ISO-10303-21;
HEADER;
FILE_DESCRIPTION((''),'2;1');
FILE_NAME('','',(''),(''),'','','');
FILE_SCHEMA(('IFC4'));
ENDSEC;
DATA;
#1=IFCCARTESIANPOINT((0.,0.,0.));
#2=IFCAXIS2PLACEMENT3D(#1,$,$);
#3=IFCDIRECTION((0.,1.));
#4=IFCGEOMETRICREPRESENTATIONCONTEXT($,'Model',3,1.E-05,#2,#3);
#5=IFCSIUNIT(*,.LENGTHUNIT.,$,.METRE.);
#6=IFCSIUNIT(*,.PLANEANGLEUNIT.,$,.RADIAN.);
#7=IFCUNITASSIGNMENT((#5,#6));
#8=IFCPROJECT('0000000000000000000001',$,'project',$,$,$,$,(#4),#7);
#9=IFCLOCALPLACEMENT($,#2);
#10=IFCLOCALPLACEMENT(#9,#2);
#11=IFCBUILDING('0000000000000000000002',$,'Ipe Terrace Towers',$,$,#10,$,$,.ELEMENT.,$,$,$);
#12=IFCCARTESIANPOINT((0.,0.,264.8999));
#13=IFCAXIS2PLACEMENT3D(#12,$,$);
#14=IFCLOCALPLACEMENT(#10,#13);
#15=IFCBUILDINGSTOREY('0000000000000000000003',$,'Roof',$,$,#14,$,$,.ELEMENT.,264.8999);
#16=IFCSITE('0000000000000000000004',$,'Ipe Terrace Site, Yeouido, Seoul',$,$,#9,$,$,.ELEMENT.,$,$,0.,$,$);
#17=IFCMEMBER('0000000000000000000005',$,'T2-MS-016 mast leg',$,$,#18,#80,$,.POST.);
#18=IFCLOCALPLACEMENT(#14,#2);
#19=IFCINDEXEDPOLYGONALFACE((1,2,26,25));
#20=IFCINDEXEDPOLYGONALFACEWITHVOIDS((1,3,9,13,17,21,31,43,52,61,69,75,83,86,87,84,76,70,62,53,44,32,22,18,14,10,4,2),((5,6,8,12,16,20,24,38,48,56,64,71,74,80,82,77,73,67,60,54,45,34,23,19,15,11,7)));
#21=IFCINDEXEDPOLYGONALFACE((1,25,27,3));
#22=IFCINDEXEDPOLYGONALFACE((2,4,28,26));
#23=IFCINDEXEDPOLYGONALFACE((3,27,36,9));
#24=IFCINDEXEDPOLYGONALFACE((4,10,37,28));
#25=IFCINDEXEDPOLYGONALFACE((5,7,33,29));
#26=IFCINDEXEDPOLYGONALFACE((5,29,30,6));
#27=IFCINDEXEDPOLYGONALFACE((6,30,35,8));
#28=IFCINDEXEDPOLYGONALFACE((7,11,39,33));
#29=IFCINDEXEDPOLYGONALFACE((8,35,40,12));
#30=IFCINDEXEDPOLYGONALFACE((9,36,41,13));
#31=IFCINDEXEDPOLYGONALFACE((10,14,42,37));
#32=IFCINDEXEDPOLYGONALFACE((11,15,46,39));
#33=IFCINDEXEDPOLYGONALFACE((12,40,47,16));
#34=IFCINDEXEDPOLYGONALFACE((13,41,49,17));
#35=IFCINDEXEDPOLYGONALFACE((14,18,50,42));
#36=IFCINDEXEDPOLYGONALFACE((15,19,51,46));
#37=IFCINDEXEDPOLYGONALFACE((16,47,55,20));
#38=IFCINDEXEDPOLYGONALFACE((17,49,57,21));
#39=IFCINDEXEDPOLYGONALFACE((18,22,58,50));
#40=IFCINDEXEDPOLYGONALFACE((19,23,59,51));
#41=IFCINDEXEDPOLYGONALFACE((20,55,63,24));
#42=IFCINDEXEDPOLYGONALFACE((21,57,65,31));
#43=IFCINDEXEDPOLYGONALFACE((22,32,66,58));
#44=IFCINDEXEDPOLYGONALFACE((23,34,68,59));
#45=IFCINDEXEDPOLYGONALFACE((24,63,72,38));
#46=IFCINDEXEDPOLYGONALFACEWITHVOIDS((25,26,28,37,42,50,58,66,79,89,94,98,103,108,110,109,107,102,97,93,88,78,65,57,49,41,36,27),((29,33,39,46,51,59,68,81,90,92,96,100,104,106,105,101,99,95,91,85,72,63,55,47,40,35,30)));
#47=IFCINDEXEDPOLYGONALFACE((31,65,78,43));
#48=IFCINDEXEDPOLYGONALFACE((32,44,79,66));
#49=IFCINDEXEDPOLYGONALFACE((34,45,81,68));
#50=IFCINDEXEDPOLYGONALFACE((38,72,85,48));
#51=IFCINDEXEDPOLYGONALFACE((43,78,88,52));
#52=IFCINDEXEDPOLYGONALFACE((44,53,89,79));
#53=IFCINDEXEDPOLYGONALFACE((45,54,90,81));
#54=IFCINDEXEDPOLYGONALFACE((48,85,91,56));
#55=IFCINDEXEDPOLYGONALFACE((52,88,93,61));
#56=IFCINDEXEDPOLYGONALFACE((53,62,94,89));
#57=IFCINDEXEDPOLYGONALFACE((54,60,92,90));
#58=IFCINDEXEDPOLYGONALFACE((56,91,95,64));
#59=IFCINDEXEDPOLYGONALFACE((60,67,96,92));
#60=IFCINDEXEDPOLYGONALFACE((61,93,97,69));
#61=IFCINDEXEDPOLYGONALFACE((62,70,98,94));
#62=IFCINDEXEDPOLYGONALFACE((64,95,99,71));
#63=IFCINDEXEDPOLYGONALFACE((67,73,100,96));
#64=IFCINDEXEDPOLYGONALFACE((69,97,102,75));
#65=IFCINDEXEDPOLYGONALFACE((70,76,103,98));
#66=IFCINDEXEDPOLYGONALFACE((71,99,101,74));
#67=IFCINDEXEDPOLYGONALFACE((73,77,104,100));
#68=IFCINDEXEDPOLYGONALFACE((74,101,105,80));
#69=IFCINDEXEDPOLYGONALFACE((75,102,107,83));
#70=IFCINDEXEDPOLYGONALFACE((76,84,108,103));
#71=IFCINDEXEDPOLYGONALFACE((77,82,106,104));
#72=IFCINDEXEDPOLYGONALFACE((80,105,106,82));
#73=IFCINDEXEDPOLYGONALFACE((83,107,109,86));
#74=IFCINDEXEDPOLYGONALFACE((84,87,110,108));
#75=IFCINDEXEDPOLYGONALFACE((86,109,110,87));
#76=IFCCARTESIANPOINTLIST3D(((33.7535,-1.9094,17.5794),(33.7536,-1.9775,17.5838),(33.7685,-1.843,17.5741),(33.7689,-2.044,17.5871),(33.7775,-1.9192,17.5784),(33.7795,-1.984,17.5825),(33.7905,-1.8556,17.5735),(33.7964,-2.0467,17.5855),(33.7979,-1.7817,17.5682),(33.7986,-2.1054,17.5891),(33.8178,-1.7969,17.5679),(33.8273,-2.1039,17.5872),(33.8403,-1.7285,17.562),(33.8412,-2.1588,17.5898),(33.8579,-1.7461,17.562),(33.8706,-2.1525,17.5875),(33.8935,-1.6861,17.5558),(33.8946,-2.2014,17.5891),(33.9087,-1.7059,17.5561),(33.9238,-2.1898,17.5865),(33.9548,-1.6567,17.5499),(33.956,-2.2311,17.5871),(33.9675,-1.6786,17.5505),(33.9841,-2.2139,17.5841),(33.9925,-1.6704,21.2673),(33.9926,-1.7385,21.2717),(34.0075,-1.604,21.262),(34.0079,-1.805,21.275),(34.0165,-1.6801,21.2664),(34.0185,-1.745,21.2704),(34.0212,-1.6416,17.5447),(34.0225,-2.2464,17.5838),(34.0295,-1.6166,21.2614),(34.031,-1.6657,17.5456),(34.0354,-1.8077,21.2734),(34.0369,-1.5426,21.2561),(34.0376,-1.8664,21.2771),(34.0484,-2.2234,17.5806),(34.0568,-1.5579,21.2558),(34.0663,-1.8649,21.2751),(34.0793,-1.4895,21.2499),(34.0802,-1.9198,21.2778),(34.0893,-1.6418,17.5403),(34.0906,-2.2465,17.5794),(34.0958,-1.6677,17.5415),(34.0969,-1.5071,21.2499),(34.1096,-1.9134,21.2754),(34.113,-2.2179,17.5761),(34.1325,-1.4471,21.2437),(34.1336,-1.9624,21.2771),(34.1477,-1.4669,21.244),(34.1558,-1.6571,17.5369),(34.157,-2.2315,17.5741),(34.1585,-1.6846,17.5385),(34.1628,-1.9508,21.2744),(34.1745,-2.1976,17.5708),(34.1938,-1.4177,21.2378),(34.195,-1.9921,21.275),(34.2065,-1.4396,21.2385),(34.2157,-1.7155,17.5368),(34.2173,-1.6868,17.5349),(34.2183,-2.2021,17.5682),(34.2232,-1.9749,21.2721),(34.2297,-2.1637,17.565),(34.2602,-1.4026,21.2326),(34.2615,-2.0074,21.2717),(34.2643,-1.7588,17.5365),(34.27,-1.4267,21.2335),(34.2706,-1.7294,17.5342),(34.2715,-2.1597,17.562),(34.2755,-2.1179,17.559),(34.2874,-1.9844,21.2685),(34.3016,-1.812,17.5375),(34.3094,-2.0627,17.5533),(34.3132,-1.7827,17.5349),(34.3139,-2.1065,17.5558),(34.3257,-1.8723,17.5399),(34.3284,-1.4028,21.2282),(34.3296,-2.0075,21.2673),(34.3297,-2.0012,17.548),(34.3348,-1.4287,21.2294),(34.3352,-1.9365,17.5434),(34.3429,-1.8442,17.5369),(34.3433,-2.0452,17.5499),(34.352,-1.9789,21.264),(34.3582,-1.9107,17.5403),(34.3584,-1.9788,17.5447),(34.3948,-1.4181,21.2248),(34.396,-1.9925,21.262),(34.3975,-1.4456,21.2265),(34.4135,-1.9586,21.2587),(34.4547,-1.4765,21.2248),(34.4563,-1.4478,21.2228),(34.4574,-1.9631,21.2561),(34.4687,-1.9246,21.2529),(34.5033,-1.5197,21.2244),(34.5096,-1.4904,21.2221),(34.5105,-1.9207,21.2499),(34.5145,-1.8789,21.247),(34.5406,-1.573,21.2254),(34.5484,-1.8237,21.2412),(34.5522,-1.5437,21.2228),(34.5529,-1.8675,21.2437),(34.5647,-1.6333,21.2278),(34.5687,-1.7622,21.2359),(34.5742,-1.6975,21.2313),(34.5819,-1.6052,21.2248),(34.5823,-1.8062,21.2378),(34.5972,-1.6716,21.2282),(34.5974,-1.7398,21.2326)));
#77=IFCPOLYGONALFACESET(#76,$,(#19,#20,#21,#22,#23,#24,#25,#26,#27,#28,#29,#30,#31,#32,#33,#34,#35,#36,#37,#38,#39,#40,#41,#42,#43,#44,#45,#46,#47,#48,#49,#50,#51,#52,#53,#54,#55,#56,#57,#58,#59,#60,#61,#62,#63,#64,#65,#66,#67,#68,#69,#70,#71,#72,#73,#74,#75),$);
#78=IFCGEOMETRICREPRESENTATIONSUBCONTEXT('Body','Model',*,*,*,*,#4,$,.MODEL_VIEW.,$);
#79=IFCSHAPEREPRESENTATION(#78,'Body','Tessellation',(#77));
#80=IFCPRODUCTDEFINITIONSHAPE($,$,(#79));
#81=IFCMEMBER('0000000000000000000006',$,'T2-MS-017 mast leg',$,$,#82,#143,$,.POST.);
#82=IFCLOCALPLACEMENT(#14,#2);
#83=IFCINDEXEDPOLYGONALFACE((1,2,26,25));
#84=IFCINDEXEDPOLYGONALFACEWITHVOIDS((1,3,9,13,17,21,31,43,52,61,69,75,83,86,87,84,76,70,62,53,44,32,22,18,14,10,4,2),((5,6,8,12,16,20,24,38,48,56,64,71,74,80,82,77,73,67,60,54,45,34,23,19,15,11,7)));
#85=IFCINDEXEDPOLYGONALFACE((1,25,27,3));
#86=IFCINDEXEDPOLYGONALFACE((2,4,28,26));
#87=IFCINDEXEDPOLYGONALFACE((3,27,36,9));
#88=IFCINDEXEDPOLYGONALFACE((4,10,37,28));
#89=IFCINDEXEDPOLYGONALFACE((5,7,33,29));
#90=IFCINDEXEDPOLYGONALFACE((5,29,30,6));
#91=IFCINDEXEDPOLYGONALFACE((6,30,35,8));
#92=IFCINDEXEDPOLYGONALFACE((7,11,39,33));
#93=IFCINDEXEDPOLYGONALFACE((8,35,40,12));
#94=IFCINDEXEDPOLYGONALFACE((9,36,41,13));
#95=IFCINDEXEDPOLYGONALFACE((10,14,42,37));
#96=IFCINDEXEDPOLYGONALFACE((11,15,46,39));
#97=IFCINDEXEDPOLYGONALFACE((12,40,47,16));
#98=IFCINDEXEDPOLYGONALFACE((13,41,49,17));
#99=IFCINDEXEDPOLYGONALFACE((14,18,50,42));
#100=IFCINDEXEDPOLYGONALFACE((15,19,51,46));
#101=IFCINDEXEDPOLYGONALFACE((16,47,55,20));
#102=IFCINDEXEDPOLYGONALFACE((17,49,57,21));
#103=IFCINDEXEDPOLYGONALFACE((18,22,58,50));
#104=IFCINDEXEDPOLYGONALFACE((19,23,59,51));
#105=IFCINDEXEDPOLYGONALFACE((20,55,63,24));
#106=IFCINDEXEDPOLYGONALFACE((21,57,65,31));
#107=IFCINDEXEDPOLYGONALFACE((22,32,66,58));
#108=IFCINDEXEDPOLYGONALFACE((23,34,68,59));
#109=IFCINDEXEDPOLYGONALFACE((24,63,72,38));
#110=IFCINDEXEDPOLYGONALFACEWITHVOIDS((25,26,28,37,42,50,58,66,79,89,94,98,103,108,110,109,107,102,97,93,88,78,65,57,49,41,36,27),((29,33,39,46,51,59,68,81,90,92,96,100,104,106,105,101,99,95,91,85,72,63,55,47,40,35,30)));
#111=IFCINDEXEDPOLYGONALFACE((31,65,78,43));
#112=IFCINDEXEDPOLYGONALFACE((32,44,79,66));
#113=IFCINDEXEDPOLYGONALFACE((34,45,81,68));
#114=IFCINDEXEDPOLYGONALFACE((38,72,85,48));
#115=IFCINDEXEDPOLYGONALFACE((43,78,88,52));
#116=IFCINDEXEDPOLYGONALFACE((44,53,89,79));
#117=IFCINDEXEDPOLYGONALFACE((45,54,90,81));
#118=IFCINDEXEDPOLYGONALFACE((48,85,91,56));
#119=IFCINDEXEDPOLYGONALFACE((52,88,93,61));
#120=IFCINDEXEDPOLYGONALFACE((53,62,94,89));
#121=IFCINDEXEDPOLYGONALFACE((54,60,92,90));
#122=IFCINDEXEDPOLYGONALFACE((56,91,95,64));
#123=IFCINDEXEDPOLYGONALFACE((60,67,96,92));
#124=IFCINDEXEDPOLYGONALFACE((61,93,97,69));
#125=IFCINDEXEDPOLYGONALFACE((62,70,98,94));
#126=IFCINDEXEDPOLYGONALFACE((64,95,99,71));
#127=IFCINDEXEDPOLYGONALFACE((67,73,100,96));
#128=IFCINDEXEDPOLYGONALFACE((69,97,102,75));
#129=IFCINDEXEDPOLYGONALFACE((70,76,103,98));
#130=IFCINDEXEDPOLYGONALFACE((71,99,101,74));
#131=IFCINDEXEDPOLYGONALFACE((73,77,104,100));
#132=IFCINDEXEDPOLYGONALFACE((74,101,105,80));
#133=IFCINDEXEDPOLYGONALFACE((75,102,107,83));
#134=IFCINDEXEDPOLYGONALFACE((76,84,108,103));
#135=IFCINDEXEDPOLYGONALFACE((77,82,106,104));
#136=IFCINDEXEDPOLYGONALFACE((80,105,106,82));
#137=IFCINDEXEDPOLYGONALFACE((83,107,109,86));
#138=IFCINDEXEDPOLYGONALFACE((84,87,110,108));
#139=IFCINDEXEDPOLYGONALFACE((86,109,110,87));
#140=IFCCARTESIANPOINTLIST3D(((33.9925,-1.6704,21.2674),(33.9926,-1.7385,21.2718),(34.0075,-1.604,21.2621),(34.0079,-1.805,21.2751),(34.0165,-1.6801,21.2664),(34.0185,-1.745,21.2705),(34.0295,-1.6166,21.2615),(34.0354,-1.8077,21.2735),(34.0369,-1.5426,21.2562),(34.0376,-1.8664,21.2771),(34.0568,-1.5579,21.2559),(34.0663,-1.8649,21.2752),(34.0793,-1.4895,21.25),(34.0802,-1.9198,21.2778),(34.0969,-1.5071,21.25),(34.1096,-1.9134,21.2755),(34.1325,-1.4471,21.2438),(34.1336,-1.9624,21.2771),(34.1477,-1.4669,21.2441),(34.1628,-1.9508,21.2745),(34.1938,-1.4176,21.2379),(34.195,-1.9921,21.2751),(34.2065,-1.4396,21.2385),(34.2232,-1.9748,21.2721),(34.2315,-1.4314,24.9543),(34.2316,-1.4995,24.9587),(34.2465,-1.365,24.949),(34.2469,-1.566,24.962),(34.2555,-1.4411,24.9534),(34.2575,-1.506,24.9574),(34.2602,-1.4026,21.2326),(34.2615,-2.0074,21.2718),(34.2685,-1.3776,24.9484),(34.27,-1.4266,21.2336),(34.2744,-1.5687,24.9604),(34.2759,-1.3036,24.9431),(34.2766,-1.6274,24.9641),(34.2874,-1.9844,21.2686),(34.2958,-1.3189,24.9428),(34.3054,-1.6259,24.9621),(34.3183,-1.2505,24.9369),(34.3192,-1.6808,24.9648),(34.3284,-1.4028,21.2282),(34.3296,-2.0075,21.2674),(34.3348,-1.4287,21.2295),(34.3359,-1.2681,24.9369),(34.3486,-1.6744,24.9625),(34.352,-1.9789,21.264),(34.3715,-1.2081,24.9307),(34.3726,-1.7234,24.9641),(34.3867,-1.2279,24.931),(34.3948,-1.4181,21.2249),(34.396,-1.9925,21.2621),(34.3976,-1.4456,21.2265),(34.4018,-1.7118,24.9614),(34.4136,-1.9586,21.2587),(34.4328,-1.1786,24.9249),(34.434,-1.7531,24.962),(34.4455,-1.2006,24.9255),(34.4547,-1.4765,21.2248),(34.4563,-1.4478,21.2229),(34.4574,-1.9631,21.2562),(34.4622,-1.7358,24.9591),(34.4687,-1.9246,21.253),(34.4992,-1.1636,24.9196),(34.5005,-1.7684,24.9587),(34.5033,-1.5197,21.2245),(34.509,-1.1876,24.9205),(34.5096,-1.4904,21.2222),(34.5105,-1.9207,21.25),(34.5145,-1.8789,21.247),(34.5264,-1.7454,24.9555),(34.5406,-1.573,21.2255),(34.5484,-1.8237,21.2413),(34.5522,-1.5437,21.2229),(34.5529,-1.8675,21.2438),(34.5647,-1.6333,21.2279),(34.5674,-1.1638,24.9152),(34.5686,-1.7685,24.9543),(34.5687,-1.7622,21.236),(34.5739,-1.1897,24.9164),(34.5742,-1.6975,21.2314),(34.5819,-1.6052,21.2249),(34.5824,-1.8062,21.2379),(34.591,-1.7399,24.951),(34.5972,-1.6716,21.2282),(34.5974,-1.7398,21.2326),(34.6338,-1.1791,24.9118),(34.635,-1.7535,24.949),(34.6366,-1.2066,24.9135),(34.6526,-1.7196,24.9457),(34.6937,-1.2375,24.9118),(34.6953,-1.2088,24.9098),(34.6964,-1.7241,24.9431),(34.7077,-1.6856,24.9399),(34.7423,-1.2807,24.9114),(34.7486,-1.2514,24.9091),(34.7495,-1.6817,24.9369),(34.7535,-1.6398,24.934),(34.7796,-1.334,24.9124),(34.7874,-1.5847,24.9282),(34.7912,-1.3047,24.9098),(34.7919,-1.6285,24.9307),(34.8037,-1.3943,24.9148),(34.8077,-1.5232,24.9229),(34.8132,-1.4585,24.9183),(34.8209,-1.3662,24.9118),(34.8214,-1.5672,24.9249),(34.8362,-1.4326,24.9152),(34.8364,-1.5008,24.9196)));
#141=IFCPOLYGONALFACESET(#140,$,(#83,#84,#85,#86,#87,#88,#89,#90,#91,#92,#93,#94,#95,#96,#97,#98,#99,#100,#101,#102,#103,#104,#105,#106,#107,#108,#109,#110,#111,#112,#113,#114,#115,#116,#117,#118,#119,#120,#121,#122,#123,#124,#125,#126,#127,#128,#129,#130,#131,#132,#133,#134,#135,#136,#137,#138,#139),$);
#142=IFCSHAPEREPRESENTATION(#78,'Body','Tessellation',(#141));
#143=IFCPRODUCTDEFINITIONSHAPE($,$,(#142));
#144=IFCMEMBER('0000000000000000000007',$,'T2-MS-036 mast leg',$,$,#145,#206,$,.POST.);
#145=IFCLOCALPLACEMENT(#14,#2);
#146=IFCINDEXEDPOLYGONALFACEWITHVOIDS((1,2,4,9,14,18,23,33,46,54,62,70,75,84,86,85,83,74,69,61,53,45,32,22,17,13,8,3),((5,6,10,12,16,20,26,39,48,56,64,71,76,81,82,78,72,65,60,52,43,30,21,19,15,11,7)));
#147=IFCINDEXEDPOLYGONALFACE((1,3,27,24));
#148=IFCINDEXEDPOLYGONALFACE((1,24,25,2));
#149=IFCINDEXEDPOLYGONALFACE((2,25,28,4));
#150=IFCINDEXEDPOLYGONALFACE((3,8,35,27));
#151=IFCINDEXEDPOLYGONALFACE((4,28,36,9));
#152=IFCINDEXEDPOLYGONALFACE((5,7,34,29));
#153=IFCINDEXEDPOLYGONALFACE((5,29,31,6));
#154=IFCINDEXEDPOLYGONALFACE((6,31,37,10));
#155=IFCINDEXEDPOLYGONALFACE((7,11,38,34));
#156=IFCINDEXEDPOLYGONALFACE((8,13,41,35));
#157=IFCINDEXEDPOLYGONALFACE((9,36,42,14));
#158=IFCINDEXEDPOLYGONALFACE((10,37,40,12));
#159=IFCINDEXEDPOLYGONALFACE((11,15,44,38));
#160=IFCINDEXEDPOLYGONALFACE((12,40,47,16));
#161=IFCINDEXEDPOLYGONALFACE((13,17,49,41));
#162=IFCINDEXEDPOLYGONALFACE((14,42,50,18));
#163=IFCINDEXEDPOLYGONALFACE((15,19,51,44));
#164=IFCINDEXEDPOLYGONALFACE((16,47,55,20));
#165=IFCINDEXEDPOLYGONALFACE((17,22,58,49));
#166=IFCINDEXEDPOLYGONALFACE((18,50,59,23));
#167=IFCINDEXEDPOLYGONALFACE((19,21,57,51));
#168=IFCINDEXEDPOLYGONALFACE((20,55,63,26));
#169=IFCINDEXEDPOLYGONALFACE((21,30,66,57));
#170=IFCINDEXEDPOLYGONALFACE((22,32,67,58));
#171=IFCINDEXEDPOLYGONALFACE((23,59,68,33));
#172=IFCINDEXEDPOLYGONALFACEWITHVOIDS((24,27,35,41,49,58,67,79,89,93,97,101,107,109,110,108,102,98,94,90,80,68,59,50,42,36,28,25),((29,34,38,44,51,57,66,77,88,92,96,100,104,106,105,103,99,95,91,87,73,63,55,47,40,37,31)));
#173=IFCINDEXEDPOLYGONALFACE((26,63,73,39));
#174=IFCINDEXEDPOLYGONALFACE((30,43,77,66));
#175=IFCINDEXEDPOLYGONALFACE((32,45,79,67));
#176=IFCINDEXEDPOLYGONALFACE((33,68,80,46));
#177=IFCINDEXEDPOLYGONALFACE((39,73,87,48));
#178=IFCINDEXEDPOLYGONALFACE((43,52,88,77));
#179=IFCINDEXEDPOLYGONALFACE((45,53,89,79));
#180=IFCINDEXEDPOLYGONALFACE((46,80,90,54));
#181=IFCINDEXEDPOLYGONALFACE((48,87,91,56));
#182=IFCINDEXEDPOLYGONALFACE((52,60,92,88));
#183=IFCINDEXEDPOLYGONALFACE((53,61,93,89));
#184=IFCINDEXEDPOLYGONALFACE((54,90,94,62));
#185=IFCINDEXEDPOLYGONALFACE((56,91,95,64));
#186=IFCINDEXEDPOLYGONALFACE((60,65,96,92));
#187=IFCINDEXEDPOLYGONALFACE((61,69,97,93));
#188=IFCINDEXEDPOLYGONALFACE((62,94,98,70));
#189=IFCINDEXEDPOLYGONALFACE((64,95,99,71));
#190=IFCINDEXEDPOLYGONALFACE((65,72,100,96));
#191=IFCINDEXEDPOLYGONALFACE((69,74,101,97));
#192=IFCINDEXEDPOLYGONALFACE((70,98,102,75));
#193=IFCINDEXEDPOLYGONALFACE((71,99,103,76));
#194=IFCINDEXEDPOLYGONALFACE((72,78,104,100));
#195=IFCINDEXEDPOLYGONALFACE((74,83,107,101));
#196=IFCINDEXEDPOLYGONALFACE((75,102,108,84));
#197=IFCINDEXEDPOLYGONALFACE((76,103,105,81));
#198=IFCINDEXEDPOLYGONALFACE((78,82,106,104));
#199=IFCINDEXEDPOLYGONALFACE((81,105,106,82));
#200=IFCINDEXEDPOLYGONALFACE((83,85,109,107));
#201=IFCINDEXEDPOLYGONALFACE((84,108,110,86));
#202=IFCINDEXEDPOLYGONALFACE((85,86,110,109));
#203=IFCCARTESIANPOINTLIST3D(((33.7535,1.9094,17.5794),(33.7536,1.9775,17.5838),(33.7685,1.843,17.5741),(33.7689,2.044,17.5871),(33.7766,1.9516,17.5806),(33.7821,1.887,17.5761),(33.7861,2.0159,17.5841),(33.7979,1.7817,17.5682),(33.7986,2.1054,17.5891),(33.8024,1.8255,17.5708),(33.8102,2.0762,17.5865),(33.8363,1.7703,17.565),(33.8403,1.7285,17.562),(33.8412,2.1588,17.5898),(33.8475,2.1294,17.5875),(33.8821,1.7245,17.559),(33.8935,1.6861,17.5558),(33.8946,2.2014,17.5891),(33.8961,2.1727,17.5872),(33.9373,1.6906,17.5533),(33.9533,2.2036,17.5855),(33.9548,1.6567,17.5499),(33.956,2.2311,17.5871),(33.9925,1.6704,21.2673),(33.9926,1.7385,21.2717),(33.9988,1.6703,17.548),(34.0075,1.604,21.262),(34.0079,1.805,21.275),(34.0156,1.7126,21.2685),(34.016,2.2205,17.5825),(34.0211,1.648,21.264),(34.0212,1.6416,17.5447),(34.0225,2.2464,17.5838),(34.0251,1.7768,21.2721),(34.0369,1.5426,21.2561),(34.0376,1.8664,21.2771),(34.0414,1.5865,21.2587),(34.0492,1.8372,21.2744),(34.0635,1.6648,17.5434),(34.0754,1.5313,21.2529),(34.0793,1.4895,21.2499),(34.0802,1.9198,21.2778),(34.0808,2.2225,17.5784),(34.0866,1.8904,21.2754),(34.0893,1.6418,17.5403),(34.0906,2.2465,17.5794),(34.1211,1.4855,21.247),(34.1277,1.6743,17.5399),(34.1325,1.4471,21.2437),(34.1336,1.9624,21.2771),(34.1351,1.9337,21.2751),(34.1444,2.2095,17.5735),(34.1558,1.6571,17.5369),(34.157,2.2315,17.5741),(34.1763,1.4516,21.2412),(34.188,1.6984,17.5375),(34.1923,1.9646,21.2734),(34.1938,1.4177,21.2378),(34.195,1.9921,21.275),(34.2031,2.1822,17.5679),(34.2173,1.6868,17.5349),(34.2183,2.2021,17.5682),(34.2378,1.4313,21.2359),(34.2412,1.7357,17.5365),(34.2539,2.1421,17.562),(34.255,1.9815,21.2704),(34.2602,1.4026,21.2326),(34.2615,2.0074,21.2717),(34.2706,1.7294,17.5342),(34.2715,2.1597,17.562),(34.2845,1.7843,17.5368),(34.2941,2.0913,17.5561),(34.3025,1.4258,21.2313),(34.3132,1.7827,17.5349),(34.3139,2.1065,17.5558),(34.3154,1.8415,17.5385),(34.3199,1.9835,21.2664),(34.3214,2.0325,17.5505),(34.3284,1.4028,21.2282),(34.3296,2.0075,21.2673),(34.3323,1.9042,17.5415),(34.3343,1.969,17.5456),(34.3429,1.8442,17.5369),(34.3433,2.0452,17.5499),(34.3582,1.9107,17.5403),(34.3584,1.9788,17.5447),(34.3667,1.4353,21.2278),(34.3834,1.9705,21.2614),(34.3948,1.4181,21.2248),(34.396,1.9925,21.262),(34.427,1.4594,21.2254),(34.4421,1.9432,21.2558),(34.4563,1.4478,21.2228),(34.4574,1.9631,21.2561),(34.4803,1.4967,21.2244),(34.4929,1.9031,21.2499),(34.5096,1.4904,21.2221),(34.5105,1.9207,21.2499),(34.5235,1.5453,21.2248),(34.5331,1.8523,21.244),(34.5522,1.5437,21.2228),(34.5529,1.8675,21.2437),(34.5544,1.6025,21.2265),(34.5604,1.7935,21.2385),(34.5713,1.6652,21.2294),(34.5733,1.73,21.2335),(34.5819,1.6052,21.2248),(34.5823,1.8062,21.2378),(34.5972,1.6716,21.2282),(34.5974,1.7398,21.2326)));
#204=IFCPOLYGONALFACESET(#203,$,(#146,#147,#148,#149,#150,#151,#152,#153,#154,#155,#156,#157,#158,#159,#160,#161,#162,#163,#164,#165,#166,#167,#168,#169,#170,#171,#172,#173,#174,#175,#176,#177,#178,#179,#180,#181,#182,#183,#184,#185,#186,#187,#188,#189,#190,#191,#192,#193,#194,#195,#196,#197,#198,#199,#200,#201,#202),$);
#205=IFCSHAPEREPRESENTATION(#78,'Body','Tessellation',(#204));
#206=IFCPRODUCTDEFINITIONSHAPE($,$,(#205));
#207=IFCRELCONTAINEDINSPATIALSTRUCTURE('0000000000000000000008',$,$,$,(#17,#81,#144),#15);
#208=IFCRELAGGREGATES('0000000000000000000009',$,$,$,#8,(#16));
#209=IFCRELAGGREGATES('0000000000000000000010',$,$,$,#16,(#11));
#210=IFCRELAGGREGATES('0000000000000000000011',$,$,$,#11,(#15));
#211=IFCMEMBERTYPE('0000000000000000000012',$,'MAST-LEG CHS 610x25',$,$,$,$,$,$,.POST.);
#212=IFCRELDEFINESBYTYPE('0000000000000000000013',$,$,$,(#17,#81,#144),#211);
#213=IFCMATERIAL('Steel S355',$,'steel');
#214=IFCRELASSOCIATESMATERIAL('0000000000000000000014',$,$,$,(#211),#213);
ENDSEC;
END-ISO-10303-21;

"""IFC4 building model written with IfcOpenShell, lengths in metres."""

from ifc_helpers import new_model, si_unit, direction, frame, origin, origin_2d, place, context, subcontext, project, spatial, hollow_circle, extrude, material, material_profile, profile_set, type_object, element, save


model = new_model("IFC4")

# Units and contexts
model_context = context("Model", 3, precision=1e-05, world=origin(), true_north=direction((0.0, 1.0)))
body_context = subcontext(model_context, "Body", "Model", "MODEL_VIEW")
ifc_project = project(units=[si_unit("LENGTHUNIT", "METRE"), si_unit("PLANEANGLEUNIT", "RADIAN")], contexts=[model_context])

# Site, building, storey
site_placement = place(None, origin())
site = spatial("IfcSite", under=ifc_project, at=site_placement, Name="Ipe Terrace Site, Yeouido, Seoul", CompositionType="ELEMENT", RefElevation=0.0)
building_placement = place(site_placement, origin())
building = spatial("IfcBuilding", under=site, at=building_placement, Name="Ipe Terrace Towers", CompositionType="ELEMENT")
storey_placement = place(building_placement, frame((0.0, 0.0, 264.8999)))
storey = spatial("IfcBuildingStorey", under=building, at=storey_placement, Name="Roof", CompositionType="ELEMENT", Elevation=264.8999)

# Members
ifc_material_1 = material(Name="Steel S355", Category="steel")
ifc_material_profile_1 = material_profile(ifc_material_1, hollow_circle(Radius=0.3049, WallThickness=0.0249, at=origin_2d()), Name="MAST-LEG CHS 610x25")
ifc_profile_set_1 = profile_set([ifc_material_profile_1], Name="Steel S355")
member_type_1 = type_object("IfcMemberType", Name="MAST-LEG CHS 610x25", PredefinedType="POST", material=ifc_profile_set_1)
member_1_placement = place(storey_placement, frame((34.0559, -1.9441, 17.562), z_axis=(0.064538, 0.064538, 0.995826), x_axis=(-0.707107, 0.707107, 0.0)))
element("IfcMember", 1, at=member_1_placement, inside=storey, type_object=member_type_1, Name="T2-MS-016 mast leg", PredefinedType="POST", context=body_context, shape_type="SweptSolid", body=[
    extrude(hollow_circle(Radius=0.3049, WallThickness=0.0249, at=origin_2d()), origin(), (0.0, 0.0, 1.0), 3.7034),
])
member_2_placement = place(storey_placement, frame((34.2949, -1.7051, 21.25), z_axis=(0.064555, 0.064555, 0.995824), x_axis=(-0.707107, 0.707107, 0.0)))
element("IfcMember", 2, at=member_2_placement, inside=storey, type_object=member_type_1, Name="T2-MS-017 mast leg", PredefinedType="POST", context=body_context, shape_type="SweptSolid", body=[
    extrude(hollow_circle(Radius=0.3049, WallThickness=0.0249, at=origin_2d()), origin(), (0.0, 0.0, 1.0), 3.7024),
])
member_3_placement = place(storey_placement, frame((34.0559, 1.9441, 17.562), z_axis=(0.064538, -0.064538, 0.995826), x_axis=(0.707107, 0.707107, 0.0)))
element("IfcMember", 3, at=member_3_placement, inside=storey, type_object=member_type_1, Name="T2-MS-036 mast leg", PredefinedType="POST", context=body_context, shape_type="SweptSolid", body=[
    extrude(hollow_circle(Radius=0.3049, WallThickness=0.0249, at=origin_2d()), origin(), (0.0, 0.0, 1.0), 3.7034),
])

save(model, "model.ifc")
